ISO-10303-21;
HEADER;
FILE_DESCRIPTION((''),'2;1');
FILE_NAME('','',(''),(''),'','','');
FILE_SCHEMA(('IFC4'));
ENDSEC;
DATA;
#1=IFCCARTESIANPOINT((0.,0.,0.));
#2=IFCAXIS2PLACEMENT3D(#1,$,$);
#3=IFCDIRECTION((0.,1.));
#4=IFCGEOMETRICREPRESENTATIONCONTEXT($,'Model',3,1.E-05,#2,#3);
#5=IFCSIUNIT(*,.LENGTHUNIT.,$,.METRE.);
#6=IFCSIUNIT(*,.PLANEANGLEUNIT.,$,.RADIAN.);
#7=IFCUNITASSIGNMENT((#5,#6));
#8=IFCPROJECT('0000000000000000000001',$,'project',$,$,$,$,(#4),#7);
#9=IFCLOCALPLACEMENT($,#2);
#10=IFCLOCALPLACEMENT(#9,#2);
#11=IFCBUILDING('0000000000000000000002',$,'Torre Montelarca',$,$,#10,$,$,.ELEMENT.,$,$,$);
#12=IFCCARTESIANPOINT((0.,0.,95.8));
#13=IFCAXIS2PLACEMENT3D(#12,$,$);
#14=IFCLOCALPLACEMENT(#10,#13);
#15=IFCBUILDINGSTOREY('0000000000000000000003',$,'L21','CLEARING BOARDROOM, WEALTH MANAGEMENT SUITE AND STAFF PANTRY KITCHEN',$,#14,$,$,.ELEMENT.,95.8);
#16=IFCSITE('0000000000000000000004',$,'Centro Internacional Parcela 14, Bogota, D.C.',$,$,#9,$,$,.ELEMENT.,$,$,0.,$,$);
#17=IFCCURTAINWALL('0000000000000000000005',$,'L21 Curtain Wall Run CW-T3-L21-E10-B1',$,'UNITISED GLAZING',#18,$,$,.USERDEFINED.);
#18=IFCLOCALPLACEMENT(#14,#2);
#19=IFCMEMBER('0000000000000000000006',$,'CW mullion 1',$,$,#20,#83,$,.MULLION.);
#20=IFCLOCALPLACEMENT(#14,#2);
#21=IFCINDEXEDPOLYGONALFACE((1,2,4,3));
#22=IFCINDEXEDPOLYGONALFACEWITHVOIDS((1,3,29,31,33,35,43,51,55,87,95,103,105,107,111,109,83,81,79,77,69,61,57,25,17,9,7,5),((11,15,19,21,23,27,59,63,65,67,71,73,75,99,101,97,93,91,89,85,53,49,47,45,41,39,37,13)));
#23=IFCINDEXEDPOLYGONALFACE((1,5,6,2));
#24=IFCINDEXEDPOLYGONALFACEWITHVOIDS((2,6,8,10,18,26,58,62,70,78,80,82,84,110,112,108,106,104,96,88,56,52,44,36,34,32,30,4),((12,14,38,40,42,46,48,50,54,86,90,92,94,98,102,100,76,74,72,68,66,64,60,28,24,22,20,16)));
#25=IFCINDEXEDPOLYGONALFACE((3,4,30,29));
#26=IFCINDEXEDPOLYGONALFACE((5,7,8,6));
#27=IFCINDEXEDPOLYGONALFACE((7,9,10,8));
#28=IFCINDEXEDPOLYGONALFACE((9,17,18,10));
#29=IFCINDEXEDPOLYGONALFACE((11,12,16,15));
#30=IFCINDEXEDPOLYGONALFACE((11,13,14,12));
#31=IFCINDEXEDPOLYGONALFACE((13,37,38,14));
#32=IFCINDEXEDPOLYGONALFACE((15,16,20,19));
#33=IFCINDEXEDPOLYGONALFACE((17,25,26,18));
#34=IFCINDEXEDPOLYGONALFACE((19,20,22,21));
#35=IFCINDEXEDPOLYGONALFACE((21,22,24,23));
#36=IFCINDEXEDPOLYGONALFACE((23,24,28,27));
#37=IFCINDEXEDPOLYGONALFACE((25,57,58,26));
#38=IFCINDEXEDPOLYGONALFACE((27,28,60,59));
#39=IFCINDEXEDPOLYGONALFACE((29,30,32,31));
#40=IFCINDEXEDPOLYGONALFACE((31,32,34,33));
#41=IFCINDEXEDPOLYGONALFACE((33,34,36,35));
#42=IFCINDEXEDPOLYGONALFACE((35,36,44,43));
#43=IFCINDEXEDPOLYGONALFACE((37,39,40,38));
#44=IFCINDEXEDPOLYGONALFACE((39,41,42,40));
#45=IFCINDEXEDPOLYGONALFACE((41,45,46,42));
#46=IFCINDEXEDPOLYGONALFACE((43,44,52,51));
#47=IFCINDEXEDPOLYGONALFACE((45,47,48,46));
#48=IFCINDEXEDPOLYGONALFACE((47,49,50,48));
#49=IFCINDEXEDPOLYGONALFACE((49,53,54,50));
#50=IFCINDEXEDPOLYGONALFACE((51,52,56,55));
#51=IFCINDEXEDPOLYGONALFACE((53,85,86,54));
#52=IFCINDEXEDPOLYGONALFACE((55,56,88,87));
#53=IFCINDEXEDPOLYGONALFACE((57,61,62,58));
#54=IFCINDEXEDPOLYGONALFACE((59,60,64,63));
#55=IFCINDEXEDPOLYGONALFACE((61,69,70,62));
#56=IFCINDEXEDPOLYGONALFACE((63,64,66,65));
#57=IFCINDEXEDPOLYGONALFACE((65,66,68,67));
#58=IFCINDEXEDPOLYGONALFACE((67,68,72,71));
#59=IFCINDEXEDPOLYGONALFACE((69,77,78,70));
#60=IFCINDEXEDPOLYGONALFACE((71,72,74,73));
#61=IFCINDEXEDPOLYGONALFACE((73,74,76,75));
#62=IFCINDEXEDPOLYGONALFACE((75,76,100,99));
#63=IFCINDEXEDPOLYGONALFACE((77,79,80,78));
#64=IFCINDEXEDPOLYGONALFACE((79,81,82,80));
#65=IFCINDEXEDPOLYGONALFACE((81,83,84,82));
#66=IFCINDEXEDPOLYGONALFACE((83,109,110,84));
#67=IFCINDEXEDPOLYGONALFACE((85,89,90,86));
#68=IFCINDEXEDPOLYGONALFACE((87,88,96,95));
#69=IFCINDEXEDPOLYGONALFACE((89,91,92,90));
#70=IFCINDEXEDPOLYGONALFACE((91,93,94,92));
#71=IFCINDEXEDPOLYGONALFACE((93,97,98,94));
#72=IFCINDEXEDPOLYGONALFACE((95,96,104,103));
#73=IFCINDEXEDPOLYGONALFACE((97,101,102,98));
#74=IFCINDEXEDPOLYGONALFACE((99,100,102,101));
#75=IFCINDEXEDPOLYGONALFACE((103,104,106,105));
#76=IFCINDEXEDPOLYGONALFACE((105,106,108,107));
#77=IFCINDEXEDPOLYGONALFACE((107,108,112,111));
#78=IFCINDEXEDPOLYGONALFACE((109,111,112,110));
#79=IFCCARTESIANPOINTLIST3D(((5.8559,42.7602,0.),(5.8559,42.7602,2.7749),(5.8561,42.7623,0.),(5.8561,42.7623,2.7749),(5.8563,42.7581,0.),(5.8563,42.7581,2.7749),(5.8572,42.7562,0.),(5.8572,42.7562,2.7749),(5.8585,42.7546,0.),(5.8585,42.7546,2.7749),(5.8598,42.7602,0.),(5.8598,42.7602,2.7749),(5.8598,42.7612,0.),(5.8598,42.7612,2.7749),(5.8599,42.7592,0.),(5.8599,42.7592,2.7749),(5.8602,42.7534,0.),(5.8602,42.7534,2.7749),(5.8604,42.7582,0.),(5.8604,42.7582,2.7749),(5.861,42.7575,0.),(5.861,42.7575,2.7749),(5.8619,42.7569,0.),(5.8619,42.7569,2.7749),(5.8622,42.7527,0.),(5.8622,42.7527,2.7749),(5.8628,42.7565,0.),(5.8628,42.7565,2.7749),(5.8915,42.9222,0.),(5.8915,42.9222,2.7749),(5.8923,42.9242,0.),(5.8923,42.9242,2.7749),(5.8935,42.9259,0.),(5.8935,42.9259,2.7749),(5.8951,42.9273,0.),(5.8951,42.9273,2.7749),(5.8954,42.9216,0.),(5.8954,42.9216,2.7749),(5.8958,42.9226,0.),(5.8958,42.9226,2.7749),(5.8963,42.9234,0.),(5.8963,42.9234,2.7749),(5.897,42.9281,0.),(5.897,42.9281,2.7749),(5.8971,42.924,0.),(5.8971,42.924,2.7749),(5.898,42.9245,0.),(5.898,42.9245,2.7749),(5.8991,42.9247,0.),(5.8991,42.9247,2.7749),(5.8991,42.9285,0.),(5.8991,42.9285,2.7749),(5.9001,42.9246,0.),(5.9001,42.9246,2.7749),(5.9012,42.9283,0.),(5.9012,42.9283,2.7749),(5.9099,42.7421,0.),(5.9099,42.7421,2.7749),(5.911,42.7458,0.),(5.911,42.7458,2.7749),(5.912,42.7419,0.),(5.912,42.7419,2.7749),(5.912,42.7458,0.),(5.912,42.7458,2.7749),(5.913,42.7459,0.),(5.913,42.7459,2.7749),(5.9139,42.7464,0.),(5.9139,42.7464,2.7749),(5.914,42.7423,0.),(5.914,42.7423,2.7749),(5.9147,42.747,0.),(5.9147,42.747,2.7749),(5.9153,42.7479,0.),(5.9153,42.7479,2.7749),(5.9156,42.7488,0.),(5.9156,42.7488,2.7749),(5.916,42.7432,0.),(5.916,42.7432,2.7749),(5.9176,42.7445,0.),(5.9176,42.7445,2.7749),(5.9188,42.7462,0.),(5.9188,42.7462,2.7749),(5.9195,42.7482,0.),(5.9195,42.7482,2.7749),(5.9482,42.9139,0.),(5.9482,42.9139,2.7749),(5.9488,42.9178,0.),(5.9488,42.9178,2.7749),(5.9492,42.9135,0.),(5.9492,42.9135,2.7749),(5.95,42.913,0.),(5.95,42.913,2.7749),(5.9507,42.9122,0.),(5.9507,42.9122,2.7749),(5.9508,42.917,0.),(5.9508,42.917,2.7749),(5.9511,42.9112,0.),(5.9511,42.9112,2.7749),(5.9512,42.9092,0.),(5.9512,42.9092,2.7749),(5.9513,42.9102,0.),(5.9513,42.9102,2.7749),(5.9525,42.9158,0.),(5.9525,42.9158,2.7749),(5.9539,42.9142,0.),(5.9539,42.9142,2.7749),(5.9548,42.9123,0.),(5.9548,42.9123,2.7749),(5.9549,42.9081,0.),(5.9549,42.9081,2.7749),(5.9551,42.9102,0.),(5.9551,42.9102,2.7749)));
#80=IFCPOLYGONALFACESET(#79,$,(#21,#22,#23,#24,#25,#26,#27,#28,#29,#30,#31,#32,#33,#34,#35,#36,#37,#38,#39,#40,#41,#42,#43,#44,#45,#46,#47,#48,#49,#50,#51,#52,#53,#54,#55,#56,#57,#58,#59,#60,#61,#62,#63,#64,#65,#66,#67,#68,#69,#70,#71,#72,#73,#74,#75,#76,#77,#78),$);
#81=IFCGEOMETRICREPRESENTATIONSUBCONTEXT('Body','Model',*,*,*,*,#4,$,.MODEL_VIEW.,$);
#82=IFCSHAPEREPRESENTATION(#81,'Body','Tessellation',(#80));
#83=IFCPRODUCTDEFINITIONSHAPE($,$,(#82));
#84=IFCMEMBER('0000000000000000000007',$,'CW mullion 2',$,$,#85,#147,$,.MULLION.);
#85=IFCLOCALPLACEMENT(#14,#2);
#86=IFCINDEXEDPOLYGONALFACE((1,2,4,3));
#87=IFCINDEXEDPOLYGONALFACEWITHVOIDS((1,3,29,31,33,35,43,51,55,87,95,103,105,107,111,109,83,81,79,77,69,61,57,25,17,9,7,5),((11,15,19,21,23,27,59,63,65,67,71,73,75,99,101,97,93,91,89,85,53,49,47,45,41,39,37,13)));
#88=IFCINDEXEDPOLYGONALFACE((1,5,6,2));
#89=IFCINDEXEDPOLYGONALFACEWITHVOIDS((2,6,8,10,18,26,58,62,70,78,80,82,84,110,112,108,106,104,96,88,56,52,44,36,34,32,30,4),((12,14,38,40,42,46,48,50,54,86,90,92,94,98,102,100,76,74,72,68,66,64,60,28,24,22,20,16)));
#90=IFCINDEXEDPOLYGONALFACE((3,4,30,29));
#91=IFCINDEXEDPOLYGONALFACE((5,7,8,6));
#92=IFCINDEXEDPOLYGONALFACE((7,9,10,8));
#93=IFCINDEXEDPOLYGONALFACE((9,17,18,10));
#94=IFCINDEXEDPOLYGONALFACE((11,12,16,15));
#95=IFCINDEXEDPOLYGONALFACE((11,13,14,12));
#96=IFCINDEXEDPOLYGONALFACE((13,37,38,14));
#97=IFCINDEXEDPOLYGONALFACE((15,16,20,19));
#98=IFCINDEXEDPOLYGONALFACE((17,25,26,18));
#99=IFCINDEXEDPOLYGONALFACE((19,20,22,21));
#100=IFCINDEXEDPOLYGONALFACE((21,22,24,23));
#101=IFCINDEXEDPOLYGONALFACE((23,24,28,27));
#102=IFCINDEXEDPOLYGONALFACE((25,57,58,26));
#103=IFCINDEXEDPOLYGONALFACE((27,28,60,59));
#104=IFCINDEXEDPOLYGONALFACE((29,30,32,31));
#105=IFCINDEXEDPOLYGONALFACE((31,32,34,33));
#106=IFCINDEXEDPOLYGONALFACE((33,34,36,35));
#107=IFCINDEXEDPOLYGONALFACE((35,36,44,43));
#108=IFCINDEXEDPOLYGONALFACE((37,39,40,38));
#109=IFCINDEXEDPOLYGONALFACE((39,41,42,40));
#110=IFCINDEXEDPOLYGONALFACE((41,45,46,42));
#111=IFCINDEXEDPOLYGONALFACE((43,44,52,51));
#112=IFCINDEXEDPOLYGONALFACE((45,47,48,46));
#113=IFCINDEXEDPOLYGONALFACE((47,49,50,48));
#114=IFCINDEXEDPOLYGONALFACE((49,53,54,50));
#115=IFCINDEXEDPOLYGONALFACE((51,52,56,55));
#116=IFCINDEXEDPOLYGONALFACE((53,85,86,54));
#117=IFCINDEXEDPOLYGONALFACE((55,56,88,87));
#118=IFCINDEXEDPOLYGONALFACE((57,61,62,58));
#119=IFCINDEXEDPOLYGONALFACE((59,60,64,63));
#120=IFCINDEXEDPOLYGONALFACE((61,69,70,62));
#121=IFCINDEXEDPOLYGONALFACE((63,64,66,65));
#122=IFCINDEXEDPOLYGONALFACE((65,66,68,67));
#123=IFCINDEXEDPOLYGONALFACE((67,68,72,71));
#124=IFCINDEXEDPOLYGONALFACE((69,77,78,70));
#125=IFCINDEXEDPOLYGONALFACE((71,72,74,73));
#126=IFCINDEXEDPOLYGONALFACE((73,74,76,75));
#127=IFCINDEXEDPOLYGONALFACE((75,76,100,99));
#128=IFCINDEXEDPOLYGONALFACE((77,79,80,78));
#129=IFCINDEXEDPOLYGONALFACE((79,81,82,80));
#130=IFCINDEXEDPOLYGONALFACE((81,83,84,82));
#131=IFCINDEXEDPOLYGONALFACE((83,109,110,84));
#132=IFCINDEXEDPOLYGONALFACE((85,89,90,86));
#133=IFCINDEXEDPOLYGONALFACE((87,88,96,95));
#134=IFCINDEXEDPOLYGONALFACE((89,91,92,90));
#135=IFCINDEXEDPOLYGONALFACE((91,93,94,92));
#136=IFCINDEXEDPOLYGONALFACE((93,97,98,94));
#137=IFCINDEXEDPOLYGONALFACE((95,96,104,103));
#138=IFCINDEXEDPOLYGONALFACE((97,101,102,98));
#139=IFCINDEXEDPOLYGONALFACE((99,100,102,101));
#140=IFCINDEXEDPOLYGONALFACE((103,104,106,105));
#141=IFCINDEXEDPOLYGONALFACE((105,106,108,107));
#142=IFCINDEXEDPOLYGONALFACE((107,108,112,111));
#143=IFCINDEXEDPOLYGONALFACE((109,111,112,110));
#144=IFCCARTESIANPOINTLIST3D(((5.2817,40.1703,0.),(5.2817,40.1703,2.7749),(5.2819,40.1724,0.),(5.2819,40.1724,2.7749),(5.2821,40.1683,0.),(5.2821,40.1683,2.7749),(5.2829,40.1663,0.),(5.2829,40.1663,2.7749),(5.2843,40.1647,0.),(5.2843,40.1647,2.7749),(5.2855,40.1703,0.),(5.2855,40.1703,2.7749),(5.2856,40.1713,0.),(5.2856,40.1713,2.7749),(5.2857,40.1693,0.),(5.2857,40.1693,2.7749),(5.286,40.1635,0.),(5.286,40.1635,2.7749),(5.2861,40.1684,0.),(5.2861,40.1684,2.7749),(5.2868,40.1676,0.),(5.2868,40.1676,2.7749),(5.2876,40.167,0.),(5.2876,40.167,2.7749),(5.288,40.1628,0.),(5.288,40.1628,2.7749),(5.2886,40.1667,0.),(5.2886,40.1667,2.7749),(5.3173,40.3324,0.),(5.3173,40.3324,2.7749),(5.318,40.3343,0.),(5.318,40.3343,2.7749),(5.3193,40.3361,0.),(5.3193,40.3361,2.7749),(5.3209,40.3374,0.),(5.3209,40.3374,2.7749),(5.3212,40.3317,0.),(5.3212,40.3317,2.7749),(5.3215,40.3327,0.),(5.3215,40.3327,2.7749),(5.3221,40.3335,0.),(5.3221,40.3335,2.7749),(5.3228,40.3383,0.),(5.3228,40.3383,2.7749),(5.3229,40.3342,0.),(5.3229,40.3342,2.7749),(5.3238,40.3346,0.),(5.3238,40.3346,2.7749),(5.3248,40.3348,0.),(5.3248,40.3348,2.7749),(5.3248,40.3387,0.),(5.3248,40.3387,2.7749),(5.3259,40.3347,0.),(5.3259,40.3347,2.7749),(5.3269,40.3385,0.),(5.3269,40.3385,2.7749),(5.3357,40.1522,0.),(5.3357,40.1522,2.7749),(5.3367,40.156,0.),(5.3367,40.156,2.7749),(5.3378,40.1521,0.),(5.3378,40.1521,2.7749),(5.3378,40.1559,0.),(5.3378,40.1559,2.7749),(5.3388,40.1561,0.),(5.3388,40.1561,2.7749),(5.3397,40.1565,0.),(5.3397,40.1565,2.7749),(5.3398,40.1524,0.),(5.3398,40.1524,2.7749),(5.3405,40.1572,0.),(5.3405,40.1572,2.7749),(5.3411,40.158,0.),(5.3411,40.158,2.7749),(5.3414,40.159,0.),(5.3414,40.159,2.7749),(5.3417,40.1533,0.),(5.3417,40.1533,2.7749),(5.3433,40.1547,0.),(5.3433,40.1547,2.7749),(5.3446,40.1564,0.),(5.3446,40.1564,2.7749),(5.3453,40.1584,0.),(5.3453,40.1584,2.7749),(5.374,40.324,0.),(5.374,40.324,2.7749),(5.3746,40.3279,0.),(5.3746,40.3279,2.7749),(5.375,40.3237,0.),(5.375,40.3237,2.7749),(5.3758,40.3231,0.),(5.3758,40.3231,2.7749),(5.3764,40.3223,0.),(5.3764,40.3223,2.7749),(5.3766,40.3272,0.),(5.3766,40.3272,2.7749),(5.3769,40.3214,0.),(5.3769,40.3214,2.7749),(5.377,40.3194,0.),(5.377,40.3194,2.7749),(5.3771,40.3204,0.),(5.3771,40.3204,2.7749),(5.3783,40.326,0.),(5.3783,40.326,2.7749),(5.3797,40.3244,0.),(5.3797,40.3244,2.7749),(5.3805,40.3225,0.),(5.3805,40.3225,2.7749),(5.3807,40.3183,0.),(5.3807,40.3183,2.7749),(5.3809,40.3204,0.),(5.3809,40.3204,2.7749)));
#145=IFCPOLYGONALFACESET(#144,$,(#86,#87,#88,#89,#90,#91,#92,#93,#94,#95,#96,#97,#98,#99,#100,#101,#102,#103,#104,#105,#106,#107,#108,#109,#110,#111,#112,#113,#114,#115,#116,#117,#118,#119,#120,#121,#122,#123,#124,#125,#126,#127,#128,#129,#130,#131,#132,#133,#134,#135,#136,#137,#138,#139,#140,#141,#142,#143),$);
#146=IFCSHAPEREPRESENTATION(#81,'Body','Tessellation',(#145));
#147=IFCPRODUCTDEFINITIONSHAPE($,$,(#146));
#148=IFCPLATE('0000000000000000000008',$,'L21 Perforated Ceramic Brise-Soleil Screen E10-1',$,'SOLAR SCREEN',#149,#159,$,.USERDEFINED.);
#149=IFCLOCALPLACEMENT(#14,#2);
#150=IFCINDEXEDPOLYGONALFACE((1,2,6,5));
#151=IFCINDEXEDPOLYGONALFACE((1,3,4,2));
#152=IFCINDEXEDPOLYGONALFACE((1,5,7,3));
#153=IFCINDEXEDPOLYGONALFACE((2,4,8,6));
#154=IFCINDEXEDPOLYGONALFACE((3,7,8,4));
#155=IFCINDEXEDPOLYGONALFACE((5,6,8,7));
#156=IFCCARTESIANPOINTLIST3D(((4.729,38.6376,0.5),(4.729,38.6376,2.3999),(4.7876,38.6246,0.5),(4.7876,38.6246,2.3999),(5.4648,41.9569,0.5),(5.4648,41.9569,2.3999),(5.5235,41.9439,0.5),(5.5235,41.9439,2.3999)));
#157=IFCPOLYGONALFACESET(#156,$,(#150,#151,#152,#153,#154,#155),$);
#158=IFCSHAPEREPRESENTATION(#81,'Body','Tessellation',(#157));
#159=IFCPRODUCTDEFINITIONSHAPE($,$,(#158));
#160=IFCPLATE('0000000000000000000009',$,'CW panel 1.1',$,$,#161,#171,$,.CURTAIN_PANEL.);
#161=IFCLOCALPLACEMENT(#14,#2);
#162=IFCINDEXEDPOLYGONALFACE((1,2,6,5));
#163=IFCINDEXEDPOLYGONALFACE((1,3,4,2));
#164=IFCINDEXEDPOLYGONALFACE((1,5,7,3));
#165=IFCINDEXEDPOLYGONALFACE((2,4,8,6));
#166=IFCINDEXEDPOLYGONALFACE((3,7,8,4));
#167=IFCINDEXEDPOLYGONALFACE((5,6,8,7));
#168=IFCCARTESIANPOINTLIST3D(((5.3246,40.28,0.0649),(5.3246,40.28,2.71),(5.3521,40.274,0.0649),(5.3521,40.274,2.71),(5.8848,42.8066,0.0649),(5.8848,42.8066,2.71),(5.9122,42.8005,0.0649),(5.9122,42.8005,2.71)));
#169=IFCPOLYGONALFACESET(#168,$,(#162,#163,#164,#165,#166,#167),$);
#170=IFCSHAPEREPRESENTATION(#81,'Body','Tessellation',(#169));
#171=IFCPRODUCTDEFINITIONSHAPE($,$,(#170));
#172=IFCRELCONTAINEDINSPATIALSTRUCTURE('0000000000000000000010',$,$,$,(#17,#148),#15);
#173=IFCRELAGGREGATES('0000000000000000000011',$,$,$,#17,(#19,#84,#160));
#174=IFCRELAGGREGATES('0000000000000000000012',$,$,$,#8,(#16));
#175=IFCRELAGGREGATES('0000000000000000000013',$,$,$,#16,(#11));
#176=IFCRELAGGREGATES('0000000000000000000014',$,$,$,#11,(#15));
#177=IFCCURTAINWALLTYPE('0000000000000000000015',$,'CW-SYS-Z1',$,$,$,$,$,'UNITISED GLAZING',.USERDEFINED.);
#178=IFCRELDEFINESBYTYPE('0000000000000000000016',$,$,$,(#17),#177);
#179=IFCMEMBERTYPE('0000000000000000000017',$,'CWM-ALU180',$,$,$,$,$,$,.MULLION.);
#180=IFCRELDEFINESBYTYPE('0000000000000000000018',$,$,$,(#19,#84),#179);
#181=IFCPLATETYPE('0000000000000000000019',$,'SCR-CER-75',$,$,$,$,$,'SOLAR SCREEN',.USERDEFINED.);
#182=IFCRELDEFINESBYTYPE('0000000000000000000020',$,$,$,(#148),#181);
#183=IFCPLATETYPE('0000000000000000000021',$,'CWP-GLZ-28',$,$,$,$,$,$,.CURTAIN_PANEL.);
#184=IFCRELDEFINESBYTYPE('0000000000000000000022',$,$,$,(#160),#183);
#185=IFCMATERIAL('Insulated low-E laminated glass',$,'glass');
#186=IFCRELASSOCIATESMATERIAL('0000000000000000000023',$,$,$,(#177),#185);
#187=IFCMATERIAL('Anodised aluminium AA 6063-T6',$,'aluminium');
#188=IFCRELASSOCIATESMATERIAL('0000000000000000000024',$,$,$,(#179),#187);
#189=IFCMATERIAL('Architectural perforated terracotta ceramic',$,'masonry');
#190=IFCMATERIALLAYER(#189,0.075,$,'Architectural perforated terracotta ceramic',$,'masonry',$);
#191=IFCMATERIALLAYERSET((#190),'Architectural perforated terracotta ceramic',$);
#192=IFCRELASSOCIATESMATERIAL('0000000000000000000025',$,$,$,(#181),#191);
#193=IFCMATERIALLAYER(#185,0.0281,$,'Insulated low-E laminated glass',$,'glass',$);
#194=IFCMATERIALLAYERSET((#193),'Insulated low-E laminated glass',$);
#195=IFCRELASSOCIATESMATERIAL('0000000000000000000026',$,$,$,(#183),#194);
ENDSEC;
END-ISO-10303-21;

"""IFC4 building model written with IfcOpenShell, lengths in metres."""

from ifc_helpers import new_model, si_unit, direction, frame, origin, origin_2d, place, context, subcontext, project, spatial, rectangle, hollow_rectangle, extrude, source, transform, mapped, material, layer, layer_set, material_profile, profile_set, type_object, element, aggregate, save


model = new_model("IFC4")

# Units and contexts
model_context = context("Model", 3, precision=1e-05, world=origin(), true_north=direction((0.0, 1.0)))
body_context = subcontext(model_context, "Body", "Model", "MODEL_VIEW")
ifc_project = project(units=[si_unit("LENGTHUNIT", "METRE"), si_unit("PLANEANGLEUNIT", "RADIAN")], contexts=[model_context])

# Site, building, storey
site_placement = place(None, origin())
site = spatial("IfcSite", under=ifc_project, at=site_placement, Name="Centro Internacional Parcela 14, Bogota, D.C.", CompositionType="ELEMENT", RefElevation=0.0)
building_placement = place(site_placement, origin())
building = spatial("IfcBuilding", under=site, at=building_placement, Name="Torre Montelarca", CompositionType="ELEMENT")
storey_placement = place(building_placement, frame((0.0, 0.0, 95.8)))
storey = spatial("IfcBuildingStorey", under=building, at=storey_placement, Name="L21", Description="CLEARING BOARDROOM, WEALTH MANAGEMENT SUITE AND STAFF PANTRY KITCHEN", CompositionType="ELEMENT", Elevation=95.8)

# Curtain wall
ifc_material_1 = material(Name="Insulated low-E laminated glass", Category="glass")
curtain_wall_type = type_object("IfcCurtainWallType", Name="CW-SYS-Z1", ElementType="UNITISED GLAZING", PredefinedType="USERDEFINED", material=ifc_material_1)
curtain_wall_1_placement = place(storey_placement, origin())
curtain_wall_1 = element("IfcCurtainWall", 1, at=curtain_wall_1_placement, inside=storey, type_object=curtain_wall_type, Name="L21 Curtain Wall Run CW-T3-L21-E10-B1", ObjectType="UNITISED GLAZING", PredefinedType="USERDEFINED")
ifc_material_2 = material(Name="Anodised aluminium AA 6063-T6", Category="aluminium")

# Shared definitions
ifc_material_profile_1 = material_profile(ifc_material_2, hollow_rectangle(XDim=0.0649, YDim=0.1799, WallThickness=0.0039, InnerFilletRadius=0.0039, OuterFilletRadius=0.0081, at=origin_2d()), Name="ALU65X180X4", Category="aluminium")
ifc_profile_set_1 = profile_set([ifc_material_profile_1], Name="Anodised aluminium AA 6063-T6")
member_type_1 = type_object("IfcMemberType", Name="CWM-ALU180", PredefinedType="MULLION", material=ifc_profile_set_1)

# Members
shared_shape_1 = source(origin(), body_context, "Body", "SweptSolid", [
    extrude(hollow_rectangle(XDim=0.0649, YDim=0.1799, WallThickness=0.0039, InnerFilletRadius=0.0039, OuterFilletRadius=0.0081, at=origin_2d()), origin(), (0.0, 0.0, 1.0), 2.7749),
])
member_1_placement = place(storey_placement, frame((5.9055, 42.8352, 0.0), z_axis=(0.0, 0.0, 1.0), x_axis=(0.976297, -0.216434, 0.0)))
member_1 = element("IfcMember", 2, at=member_1_placement, type_object=member_type_1, Name="CW mullion 1", PredefinedType="MULLION", context=body_context, shape_type="MappedRepresentation", body=[
    mapped(shared_shape_1, transform((0.0, 0.0, 0.0), scale=1.0)),
])
member_2_placement = place(storey_placement, frame((5.3313, 40.2454, 0.0), z_axis=(0.0, 0.0, 1.0), x_axis=(0.976297, -0.216434, 0.0)))
member_2 = element("IfcMember", 3, at=member_2_placement, type_object=member_type_1, Name="CW mullion 2", PredefinedType="MULLION", context=body_context, shape_type="MappedRepresentation", body=[
    mapped(shared_shape_1, transform((0.0, 0.0, 0.0), scale=1.0)),
])

# Plates
ifc_material_3 = material(Name="Architectural perforated terracotta ceramic", Category="masonry")
ifc_layer_1 = layer(ifc_material_3, 0.075, Name="Architectural perforated terracotta ceramic", Category="masonry")
ifc_layer_set_1 = layer_set([ifc_layer_1], Name="Architectural perforated terracotta ceramic")
plate_type_1 = type_object("IfcPlateType", Name="SCR-CER-75", ElementType="SOLAR SCREEN", PredefinedType="USERDEFINED", material=ifc_layer_set_1)
shared_shape_2 = source(origin(), body_context, "Body", "SweptSolid", [
    extrude(rectangle(XDim=3.3999, YDim=0.0601, at=origin_2d()), origin(), (0.0, 0.0, 1.0), 1.8999),
])
plate_1_placement = place(storey_placement, frame((5.1262, 40.2908, 0.5), z_axis=(0.0, 0.0, 1.0), x_axis=(-0.216441, -0.976296, 0.0)))
element("IfcPlate", 4, at=plate_1_placement, inside=storey, type_object=plate_type_1, Name="L21 Perforated Ceramic Brise-Soleil Screen E10-1", ObjectType="SOLAR SCREEN", PredefinedType="USERDEFINED", context=body_context, shape_type="MappedRepresentation", body=[
    mapped(shared_shape_2, transform((0.0, 0.0, 0.0), scale=1.0)),
])
ifc_layer_2 = layer(ifc_material_1, 0.0281, Name="Insulated low-E laminated glass", Category="glass")
ifc_layer_set_2 = layer_set([ifc_layer_2], Name="Insulated low-E laminated glass")
plate_type_2 = type_object("IfcPlateType", Name="CWP-GLZ-28", PredefinedType="CURTAIN_PANEL", material=ifc_layer_set_2)
shared_shape_3 = source(origin(), body_context, "Body", "SweptSolid", [
    extrude(rectangle(XDim=2.5879, YDim=0.0281, at=origin_2d()), origin(), (0.0, 0.0, 1.0), 2.645),
])
plate_2_placement = place(storey_placement, frame((5.6184, 41.5403, 0.0649), z_axis=(0.0, 0.0, 1.0), x_axis=(-0.216434, -0.976297, 0.0)))
plate_2 = element("IfcPlate", 5, at=plate_2_placement, type_object=plate_type_2, Name="CW panel 1.1", PredefinedType="CURTAIN_PANEL", context=body_context, shape_type="MappedRepresentation", body=[
    mapped(shared_shape_3, transform((0.0, 0.0, 0.0), scale=1.0)),
])
aggregate(curtain_wall_1, [member_1, member_2, plate_2])

save(model, "model.ifc")
